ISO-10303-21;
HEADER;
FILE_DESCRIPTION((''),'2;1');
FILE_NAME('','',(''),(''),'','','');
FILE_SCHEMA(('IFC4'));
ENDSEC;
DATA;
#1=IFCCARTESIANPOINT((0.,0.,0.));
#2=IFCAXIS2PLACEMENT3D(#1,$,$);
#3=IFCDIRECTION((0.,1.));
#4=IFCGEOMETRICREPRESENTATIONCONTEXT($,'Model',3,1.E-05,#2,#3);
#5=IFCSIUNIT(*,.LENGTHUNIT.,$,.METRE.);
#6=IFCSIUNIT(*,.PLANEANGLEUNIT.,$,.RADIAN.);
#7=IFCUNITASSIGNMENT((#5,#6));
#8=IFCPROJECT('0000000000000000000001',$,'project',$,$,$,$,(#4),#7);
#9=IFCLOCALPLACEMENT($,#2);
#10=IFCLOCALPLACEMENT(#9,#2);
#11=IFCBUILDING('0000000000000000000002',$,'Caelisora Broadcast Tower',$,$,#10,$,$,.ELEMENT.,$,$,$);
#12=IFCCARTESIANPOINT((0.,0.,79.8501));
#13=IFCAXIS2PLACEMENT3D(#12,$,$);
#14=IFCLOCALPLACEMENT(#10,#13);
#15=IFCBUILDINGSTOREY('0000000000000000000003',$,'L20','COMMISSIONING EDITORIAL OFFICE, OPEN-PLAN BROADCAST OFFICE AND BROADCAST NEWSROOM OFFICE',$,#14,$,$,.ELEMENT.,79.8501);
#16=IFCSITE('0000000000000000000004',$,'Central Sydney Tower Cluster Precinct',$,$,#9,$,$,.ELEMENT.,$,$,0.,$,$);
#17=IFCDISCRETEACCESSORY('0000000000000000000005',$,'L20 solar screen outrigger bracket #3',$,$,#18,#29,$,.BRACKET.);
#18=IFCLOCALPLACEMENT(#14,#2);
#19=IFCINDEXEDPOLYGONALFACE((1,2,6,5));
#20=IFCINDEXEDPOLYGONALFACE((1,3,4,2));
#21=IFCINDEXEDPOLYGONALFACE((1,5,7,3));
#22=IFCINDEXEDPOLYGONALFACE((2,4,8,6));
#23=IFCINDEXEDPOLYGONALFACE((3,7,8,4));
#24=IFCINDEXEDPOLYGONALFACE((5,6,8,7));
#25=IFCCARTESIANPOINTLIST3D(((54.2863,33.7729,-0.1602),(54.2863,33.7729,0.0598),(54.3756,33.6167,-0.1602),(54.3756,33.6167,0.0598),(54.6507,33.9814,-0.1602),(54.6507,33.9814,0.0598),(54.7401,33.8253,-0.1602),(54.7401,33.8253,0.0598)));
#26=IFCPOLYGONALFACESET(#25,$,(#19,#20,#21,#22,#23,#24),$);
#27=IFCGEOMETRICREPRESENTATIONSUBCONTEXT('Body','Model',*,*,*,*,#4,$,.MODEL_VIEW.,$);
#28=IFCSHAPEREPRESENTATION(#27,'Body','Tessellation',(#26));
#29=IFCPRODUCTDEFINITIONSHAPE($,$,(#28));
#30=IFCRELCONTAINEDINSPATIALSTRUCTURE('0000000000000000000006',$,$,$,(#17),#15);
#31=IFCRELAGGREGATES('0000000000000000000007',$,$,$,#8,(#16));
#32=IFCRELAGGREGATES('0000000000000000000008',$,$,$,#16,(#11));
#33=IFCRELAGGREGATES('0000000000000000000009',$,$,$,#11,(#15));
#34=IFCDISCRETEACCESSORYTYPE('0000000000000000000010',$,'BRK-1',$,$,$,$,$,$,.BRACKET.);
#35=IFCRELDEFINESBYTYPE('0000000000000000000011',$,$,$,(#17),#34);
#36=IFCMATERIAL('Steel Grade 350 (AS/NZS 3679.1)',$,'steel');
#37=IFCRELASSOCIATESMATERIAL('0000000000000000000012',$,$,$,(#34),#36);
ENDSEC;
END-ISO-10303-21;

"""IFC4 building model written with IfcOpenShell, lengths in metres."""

from ifc_helpers import new_model, si_unit, direction, frame, origin, origin_2d, place, context, subcontext, project, spatial, rectangle, extrude, source, transform, mapped, material, type_object, type_shapes, element, save


model = new_model("IFC4")

# Units and contexts
model_context = context("Model", 3, precision=1e-05, world=origin(), true_north=direction((0.0, 1.0)))
body_context = subcontext(model_context, "Body", "Model", "MODEL_VIEW")
ifc_project = project(units=[si_unit("LENGTHUNIT", "METRE"), si_unit("PLANEANGLEUNIT", "RADIAN")], contexts=[model_context])

# Site, building, storey
site_placement = place(None, origin())
site = spatial("IfcSite", under=ifc_project, at=site_placement, Name="Central Sydney Tower Cluster Precinct", CompositionType="ELEMENT", RefElevation=0.0)
building_placement = place(site_placement, origin())
building = spatial("IfcBuilding", under=site, at=building_placement, Name="Caelisora Broadcast Tower", CompositionType="ELEMENT")
storey_placement = place(building_placement, frame((0.0, 0.0, 79.8501)))
storey = spatial("IfcBuildingStorey", under=building, at=storey_placement, Name="L20", Description="COMMISSIONING EDITORIAL OFFICE, OPEN-PLAN BROADCAST OFFICE AND BROADCAST NEWSROOM OFFICE", CompositionType="ELEMENT", Elevation=79.8501)

# Shared definitions
ifc_material_1 = material(Name="Steel Grade 350 (AS/NZS 3679.1)", Category="steel")

# Discrete accessory
discrete_accessory_type = type_object("IfcDiscreteAccessoryType", Name="BRK-1", PredefinedType="BRACKET", material=ifc_material_1)
shared_shape_1 = source(origin(), body_context, "Body", "SweptSolid", [
    extrude(rectangle(XDim=0.1799, YDim=0.4199, at=origin_2d()), origin(), (0.0, 0.0, 1.0), 0.22),
])
type_shapes(discrete_accessory_type, [shared_shape_1])
discrete_accessory_placement = place(storey_placement, frame((54.5132, 33.7991, -0.1602), z_axis=(0.0, 0.0, 1.0), x_axis=(-0.496671, 0.867939, 0.0)))
element("IfcDiscreteAccessory", 1, at=discrete_accessory_placement, inside=storey, type_object=discrete_accessory_type, Name="L20 solar screen outrigger bracket #3", PredefinedType="BRACKET", context=body_context, shape_type="MappedRepresentation", body=[
    mapped(shared_shape_1, transform((0.0, 0.0, 0.0), scale=1.0)),
])

save(model, "model.ifc")
